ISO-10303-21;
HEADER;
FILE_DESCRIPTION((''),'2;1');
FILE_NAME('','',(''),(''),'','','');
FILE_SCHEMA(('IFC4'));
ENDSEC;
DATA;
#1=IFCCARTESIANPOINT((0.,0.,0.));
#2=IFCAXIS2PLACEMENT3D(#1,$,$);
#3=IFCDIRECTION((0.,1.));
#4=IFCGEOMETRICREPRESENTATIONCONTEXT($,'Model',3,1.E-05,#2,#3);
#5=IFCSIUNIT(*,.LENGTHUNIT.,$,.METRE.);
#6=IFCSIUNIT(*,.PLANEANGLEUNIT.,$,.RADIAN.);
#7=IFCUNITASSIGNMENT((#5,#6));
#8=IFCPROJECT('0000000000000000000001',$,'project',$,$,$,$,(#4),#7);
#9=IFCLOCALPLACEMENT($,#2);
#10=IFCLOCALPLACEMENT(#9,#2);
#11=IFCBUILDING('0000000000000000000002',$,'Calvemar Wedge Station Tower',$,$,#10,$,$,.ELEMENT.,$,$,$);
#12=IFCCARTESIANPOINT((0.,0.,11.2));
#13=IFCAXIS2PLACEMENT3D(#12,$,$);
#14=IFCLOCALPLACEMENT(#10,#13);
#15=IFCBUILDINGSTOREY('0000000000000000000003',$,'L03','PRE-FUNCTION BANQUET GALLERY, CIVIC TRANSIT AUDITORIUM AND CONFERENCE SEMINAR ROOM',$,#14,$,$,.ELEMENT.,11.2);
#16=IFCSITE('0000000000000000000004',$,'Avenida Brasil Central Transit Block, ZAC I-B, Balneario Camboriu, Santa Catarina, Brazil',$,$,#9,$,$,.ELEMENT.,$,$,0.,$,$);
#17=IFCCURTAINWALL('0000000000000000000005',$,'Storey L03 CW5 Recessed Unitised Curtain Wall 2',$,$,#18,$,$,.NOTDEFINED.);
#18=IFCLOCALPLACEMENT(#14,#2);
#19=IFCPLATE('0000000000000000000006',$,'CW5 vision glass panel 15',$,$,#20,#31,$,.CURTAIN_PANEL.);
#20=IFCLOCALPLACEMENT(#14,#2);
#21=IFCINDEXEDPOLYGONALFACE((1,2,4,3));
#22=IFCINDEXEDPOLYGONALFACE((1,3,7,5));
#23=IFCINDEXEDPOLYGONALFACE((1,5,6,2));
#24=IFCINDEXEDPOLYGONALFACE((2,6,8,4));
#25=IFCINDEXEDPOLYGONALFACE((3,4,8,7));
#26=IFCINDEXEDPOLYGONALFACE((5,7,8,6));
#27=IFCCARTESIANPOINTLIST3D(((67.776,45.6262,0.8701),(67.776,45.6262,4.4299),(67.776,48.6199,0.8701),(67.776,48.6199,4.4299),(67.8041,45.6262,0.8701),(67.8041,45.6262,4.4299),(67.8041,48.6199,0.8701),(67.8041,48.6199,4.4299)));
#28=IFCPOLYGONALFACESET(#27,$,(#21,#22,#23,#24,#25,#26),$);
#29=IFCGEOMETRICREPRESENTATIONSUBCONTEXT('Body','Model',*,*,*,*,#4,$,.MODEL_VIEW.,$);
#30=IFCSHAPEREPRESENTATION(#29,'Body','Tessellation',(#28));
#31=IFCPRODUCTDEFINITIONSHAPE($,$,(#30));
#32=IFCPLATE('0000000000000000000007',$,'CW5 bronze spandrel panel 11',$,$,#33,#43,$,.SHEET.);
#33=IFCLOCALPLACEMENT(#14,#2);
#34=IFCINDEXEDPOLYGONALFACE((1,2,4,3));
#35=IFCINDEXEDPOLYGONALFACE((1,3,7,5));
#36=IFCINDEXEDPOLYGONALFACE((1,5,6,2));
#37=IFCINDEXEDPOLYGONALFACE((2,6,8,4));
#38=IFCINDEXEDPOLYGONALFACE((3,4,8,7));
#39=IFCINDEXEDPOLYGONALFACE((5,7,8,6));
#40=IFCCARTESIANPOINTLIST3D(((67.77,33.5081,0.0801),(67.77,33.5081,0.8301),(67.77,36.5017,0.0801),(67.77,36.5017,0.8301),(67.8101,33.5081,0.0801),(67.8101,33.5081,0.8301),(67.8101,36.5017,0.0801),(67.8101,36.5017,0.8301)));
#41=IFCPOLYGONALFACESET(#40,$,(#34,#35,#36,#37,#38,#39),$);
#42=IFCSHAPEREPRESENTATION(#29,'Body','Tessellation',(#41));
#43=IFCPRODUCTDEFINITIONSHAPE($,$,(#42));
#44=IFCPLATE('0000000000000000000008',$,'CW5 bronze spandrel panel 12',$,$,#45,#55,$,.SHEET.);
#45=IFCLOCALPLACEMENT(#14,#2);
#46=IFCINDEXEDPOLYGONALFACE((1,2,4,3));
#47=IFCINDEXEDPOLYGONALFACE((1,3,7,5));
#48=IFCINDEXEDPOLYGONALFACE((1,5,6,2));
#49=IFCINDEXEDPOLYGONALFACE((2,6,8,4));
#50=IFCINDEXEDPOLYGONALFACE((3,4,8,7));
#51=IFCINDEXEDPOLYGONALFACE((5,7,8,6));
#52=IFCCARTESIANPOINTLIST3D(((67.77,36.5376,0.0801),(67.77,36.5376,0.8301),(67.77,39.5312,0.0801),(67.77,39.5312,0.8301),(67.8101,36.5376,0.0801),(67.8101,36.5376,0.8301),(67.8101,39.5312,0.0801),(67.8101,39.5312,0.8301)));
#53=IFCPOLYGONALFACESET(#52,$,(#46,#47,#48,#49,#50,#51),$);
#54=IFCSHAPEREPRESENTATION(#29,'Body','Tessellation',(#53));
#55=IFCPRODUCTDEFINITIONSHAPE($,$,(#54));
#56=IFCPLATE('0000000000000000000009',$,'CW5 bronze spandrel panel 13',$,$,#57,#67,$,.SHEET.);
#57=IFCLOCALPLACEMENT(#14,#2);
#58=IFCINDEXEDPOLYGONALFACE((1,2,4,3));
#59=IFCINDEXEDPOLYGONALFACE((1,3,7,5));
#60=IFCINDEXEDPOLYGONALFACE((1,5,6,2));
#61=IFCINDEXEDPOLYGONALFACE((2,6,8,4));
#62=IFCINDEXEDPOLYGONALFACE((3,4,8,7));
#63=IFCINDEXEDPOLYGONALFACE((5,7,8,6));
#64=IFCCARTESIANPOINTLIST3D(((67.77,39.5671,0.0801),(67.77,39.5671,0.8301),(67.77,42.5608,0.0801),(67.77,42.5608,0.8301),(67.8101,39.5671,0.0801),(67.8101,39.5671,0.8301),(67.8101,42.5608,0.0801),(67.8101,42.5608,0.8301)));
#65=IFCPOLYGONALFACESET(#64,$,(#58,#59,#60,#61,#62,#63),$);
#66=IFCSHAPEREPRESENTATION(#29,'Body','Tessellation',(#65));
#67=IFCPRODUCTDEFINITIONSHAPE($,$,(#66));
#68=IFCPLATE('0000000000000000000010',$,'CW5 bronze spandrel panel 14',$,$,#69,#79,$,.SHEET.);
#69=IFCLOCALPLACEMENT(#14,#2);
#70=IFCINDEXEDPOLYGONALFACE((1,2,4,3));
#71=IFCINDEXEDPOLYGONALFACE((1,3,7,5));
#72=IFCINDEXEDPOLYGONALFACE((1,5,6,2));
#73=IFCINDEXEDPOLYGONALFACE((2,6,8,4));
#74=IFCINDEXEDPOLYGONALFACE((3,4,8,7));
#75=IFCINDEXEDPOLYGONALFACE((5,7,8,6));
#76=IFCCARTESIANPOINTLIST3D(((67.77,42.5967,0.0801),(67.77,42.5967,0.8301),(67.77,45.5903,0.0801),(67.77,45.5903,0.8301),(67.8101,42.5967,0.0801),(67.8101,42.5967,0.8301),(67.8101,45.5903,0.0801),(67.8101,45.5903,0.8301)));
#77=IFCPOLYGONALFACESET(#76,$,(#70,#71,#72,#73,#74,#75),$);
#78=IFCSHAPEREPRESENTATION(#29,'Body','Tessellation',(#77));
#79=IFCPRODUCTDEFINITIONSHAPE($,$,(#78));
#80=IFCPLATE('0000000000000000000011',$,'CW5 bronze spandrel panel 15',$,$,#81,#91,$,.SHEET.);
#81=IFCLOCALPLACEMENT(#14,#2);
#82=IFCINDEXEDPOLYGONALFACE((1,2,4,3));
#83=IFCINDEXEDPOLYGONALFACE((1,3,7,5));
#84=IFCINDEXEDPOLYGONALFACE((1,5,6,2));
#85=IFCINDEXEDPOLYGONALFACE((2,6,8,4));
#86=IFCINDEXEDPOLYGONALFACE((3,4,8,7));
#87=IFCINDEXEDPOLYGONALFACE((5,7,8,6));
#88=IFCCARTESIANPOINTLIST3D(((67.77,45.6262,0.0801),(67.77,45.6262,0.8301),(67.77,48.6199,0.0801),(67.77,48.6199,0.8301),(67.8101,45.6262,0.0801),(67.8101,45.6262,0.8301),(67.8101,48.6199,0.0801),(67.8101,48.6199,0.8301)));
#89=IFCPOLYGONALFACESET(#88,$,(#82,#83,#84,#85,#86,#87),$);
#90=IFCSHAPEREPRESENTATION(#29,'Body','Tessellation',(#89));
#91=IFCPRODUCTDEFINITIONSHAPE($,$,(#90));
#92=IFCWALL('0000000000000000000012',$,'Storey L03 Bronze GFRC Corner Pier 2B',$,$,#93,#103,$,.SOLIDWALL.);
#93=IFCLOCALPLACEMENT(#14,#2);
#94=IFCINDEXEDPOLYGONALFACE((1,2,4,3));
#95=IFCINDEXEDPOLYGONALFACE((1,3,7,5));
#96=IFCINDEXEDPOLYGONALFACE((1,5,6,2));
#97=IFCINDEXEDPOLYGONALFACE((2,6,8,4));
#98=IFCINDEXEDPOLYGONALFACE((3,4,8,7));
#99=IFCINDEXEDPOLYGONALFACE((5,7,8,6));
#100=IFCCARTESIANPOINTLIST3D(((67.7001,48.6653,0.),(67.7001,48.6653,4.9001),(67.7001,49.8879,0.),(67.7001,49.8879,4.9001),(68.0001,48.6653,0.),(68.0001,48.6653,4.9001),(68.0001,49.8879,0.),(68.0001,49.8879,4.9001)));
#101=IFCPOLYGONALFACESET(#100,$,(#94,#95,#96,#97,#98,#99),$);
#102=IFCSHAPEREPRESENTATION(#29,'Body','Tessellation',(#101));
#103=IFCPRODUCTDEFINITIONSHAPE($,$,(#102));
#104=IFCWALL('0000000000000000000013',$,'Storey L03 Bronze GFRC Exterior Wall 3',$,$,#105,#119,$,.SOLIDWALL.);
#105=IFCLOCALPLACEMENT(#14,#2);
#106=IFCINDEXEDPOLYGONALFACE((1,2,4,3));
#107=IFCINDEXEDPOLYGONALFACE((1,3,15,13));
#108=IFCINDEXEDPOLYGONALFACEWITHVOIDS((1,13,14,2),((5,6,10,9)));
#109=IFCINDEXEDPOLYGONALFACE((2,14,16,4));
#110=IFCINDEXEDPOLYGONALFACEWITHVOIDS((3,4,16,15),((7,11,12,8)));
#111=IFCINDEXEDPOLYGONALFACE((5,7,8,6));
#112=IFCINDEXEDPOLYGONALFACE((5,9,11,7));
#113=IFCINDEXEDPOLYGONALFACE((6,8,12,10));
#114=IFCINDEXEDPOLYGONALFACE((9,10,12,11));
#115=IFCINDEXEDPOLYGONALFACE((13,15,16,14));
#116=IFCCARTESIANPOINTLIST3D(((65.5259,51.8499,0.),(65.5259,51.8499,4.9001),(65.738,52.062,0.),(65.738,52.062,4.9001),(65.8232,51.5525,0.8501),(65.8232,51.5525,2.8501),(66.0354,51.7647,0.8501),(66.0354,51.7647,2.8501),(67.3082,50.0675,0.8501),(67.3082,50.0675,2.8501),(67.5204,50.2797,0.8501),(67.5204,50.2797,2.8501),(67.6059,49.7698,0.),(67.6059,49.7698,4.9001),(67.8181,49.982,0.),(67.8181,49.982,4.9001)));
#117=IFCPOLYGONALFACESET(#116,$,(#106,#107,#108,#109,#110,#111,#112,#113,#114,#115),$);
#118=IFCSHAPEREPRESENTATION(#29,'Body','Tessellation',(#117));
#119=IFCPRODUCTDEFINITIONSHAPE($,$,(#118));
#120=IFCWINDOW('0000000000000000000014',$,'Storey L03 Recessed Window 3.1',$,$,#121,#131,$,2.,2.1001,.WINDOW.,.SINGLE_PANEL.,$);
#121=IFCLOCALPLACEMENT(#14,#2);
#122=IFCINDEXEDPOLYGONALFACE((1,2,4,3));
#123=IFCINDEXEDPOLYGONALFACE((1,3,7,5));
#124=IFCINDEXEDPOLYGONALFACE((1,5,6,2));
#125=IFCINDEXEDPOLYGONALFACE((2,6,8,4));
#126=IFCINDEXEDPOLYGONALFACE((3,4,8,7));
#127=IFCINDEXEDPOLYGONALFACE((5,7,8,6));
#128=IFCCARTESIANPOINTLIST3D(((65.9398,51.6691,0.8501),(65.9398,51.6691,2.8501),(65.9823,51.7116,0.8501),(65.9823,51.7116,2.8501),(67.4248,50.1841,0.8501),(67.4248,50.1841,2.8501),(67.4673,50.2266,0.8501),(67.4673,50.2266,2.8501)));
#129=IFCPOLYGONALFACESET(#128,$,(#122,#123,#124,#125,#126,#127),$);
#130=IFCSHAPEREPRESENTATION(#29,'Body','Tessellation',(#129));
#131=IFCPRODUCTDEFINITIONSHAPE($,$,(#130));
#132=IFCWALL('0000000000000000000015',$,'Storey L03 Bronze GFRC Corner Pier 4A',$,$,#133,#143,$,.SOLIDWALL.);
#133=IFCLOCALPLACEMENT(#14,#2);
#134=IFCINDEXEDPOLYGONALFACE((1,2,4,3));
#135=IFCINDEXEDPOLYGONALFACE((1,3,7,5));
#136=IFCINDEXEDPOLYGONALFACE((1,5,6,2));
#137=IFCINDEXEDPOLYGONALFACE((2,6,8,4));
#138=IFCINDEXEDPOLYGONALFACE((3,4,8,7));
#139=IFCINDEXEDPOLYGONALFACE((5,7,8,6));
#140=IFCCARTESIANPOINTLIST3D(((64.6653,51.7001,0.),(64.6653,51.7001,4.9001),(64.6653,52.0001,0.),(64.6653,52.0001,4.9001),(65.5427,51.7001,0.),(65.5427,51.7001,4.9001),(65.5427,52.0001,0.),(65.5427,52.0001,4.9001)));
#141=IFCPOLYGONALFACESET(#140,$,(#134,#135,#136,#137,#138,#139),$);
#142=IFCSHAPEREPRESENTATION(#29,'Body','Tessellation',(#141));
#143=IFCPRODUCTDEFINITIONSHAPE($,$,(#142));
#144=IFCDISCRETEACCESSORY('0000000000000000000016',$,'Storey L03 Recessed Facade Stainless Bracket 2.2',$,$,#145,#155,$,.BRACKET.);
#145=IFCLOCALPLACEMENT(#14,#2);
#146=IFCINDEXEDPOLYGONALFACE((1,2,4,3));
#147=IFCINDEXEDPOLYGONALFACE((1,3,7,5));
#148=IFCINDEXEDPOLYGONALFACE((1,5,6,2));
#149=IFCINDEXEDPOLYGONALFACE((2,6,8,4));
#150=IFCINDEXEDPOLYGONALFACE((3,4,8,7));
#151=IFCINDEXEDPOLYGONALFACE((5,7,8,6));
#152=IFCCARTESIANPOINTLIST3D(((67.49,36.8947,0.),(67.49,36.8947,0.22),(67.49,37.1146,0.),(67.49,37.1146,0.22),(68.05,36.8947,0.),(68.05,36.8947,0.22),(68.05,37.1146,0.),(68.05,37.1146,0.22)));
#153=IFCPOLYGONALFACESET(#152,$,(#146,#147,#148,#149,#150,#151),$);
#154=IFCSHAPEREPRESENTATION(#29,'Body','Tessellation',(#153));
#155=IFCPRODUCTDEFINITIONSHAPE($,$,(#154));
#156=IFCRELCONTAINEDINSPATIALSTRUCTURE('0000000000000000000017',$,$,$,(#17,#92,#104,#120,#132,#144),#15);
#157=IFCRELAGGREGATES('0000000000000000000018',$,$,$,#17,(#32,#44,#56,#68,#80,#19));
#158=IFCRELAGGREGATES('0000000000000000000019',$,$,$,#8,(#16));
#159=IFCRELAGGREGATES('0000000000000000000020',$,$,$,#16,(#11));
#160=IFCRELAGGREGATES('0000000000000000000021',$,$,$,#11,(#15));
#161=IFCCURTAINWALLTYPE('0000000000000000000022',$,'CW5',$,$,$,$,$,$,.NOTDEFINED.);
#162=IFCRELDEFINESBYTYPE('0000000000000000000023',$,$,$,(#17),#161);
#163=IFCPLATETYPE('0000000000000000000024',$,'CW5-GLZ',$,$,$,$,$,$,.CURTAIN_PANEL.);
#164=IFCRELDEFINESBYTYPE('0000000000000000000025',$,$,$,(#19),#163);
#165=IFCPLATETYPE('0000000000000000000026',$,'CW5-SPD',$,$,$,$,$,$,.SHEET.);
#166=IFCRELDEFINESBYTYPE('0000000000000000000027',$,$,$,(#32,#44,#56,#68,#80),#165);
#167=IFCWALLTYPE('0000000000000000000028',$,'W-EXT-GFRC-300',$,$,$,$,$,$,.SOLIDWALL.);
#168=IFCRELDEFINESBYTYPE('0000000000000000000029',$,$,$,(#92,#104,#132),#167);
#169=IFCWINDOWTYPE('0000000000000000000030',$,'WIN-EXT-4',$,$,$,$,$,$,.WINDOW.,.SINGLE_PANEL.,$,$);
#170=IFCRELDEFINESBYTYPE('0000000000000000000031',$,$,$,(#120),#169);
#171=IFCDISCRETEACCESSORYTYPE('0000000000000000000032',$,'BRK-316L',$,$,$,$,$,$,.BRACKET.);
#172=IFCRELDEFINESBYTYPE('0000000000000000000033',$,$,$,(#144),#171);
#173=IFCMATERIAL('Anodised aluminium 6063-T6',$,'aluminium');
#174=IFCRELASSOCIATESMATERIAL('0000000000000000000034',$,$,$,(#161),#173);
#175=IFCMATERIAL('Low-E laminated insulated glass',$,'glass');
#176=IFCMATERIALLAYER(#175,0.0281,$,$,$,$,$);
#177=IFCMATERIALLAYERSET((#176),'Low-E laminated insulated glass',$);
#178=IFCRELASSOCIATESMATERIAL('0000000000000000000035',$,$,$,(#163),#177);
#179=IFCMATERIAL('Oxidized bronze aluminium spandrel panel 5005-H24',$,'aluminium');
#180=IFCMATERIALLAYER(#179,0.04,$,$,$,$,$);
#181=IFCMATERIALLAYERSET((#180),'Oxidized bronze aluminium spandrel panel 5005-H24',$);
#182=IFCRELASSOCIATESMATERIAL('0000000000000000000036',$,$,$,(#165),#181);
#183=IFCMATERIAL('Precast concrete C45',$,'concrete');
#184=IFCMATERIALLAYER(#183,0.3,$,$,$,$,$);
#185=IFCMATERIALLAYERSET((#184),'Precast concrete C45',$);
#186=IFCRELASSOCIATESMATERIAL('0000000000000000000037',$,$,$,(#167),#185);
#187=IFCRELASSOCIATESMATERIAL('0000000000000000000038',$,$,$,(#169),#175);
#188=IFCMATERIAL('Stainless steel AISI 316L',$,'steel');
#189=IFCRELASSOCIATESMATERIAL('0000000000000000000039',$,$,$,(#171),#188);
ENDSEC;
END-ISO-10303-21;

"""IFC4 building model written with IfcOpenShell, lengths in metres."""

from ifc_helpers import new_model, si_unit, direction, frame, frame_2d, origin, origin_2d, place, context, subcontext, project, spatial, rectangle, extrude, source, transform, mapped, material, layer, layer_set, type_object, element, fill, aggregate, save


model = new_model("IFC4")

# Units and contexts
model_context = context("Model", 3, precision=1e-05, world=origin(), true_north=direction((0.0, 1.0)))
body_context = subcontext(model_context, "Body", "Model", "MODEL_VIEW")
ifc_project = project(units=[si_unit("LENGTHUNIT", "METRE"), si_unit("PLANEANGLEUNIT", "RADIAN")], contexts=[model_context])

# Site, building, storey
site_placement = place(None, origin())
site = spatial("IfcSite", under=ifc_project, at=site_placement, Name="Avenida Brasil Central Transit Block, ZAC I-B, Balneario Camboriu, Santa Catarina, Brazil", CompositionType="ELEMENT", RefElevation=0.0)
building_placement = place(site_placement, origin())
building = spatial("IfcBuilding", under=site, at=building_placement, Name="Calvemar Wedge Station Tower", CompositionType="ELEMENT")
storey_placement = place(building_placement, frame((0.0, 0.0, 11.2)))
storey = spatial("IfcBuildingStorey", under=building, at=storey_placement, Name="L03", Description="PRE-FUNCTION BANQUET GALLERY, CIVIC TRANSIT AUDITORIUM AND CONFERENCE SEMINAR ROOM", CompositionType="ELEMENT", Elevation=11.2)

# Shared definitions
ifc_material_1 = material(Name="Anodised aluminium 6063-T6", Category="aluminium")
curtain_wall_type = type_object("IfcCurtainWallType", Name="CW5", PredefinedType="NOTDEFINED", material=ifc_material_1)

# Curtain wall, plates
curtain_wall_1_placement = place(storey_placement, origin())
curtain_wall_1 = element("IfcCurtainWall", 1, at=curtain_wall_1_placement, inside=storey, type_object=curtain_wall_type, Name="Storey L03 CW5 Recessed Unitised Curtain Wall 2", PredefinedType="NOTDEFINED")
ifc_material_2 = material(Name="Low-E laminated insulated glass", Category="glass")
ifc_layer_1 = layer(ifc_material_2, 0.0281)
ifc_layer_set_1 = layer_set([ifc_layer_1], Name="Low-E laminated insulated glass")
plate_type_1 = type_object("IfcPlateType", Name="CW5-GLZ", PredefinedType="CURTAIN_PANEL", material=ifc_layer_set_1)
plate_1_placement = place(storey_placement, frame((67.79, 45.6262, 0.8701), z_axis=(0.0, 0.0, 1.0), x_axis=(0.0, 1.0, 0.0)))
plate_1 = element("IfcPlate", 2, at=plate_1_placement, type_object=plate_type_1, Name="CW5 vision glass panel 15", PredefinedType="CURTAIN_PANEL", context=body_context, shape_type="SweptSolid", body=[
    extrude(rectangle(XDim=2.9937, YDim=0.0281, at=frame_2d((1.4968, 0.0))), origin(), (0.0, 0.0, 1.0), 3.5598),
])
ifc_material_3 = material(Name="Oxidized bronze aluminium spandrel panel 5005-H24", Category="aluminium")
ifc_layer_2 = layer(ifc_material_3, 0.04)
ifc_layer_set_2 = layer_set([ifc_layer_2], Name="Oxidized bronze aluminium spandrel panel 5005-H24")
plate_type_2 = type_object("IfcPlateType", Name="CW5-SPD", PredefinedType="SHEET", material=ifc_layer_set_2)
plate_2_placement = place(storey_placement, frame((67.79, 33.5081, 0.0801), z_axis=(0.0, 0.0, 1.0), x_axis=(0.0, 1.0, 0.0)))
plate_2 = element("IfcPlate", 3, at=plate_2_placement, type_object=plate_type_2, Name="CW5 bronze spandrel panel 11", PredefinedType="SHEET", context=body_context, shape_type="SweptSolid", body=[
    extrude(rectangle(XDim=2.9937, YDim=0.04, at=frame_2d((1.4968, 0.0))), origin(), (0.0, 0.0, 1.0), 0.75),
])
plate_3_placement = place(storey_placement, frame((67.79, 36.5376, 0.0801), z_axis=(0.0, 0.0, 1.0), x_axis=(0.0, 1.0, 0.0)))
plate_3 = element("IfcPlate", 4, at=plate_3_placement, type_object=plate_type_2, Name="CW5 bronze spandrel panel 12", PredefinedType="SHEET", context=body_context, shape_type="SweptSolid", body=[
    extrude(rectangle(XDim=2.9937, YDim=0.04, at=frame_2d((1.4968, 0.0))), origin(), (0.0, 0.0, 1.0), 0.75),
])
plate_4_placement = place(storey_placement, frame((67.79, 39.5671, 0.0801), z_axis=(0.0, 0.0, 1.0), x_axis=(0.0, 1.0, 0.0)))
plate_4 = element("IfcPlate", 5, at=plate_4_placement, type_object=plate_type_2, Name="CW5 bronze spandrel panel 13", PredefinedType="SHEET", context=body_context, shape_type="SweptSolid", body=[
    extrude(rectangle(XDim=2.9937, YDim=0.04, at=frame_2d((1.4968, 0.0))), origin(), (0.0, 0.0, 1.0), 0.75),
])
plate_5_placement = place(storey_placement, frame((67.79, 42.5967, 0.0801), z_axis=(0.0, 0.0, 1.0), x_axis=(0.0, 1.0, 0.0)))
plate_5 = element("IfcPlate", 6, at=plate_5_placement, type_object=plate_type_2, Name="CW5 bronze spandrel panel 14", PredefinedType="SHEET", context=body_context, shape_type="SweptSolid", body=[
    extrude(rectangle(XDim=2.9937, YDim=0.04, at=frame_2d((1.4968, 0.0))), origin(), (0.0, 0.0, 1.0), 0.75),
])
plate_6_placement = place(storey_placement, frame((67.79, 45.6262, 0.0801), z_axis=(0.0, 0.0, 1.0), x_axis=(0.0, 1.0, 0.0)))
plate_6 = element("IfcPlate", 7, at=plate_6_placement, type_object=plate_type_2, Name="CW5 bronze spandrel panel 15", PredefinedType="SHEET", context=body_context, shape_type="SweptSolid", body=[
    extrude(rectangle(XDim=2.9937, YDim=0.04, at=frame_2d((1.4968, 0.0))), origin(), (0.0, 0.0, 1.0), 0.75),
])
aggregate(curtain_wall_1, [plate_2, plate_3, plate_4, plate_5, plate_6, plate_1])

# Wall
ifc_material_4 = material(Name="Precast concrete C45", Category="concrete")
ifc_layer_3 = layer(ifc_material_4, 0.3)
ifc_layer_set_3 = layer_set([ifc_layer_3], Name="Precast concrete C45")
wall_type = type_object("IfcWallType", Name="W-EXT-GFRC-300", PredefinedType="SOLIDWALL", material=ifc_layer_set_3)
wall_1_placement = place(storey_placement, frame((67.8501, 48.6653, 0.0), z_axis=(0.0, 0.0, 1.0), x_axis=(0.0, 1.0, 0.0)))
element("IfcWall", 8, at=wall_1_placement, inside=storey, type_object=wall_type, Name="Storey L03 Bronze GFRC Corner Pier 2B", PredefinedType="SOLIDWALL", context=body_context, shape_type="SweptSolid", body=[
    extrude(rectangle(XDim=1.2227, YDim=0.3, at=frame_2d((0.6113, 0.0))), origin(), (0.0, 0.0, 1.0), 4.9001),
])

# Wall, opening, window
wall_2_placement = place(storey_placement, frame((67.7119, 49.876, 0.0), z_axis=(0.0, 0.0, 1.0), x_axis=(-0.707107, 0.707107, 0.0)))
wall_2 = element("IfcWall", 9, at=wall_2_placement, inside=storey, type_object=wall_type, Name="Storey L03 Bronze GFRC Exterior Wall 3", PredefinedType="SOLIDWALL", context=body_context, shape_type="SweptSolid", body=[
    extrude(rectangle(XDim=2.9417, YDim=0.3, at=frame_2d((1.4707, 0.0))), origin(), (0.0, 0.0, 1.0), 4.9001),
])
shared_shape_1 = source(origin(), body_context, "Body", "SweptSolid", [
    extrude(rectangle(XDim=2.1001, YDim=2.0, at=frame_2d((1.05, 1.0))), frame((0.0, 0.1602, 0.0), z_axis=(0.0, -1.0, 0.0), x_axis=(1.0, 0.0, 0.0)), (0.0, 0.0, 1.0), 0.3201),
])
opening_placement = place(wall_2_placement, frame((0.4209, 0.0, 0.8501)))
opening = element("IfcOpeningElement", 10, at=opening_placement, cuts=wall_2, PredefinedType="OPENING", context=body_context, shape_type="MappedRepresentation", body=[
    mapped(shared_shape_1, transform((0.0, 0.0, 0.0), scale=1.0)),
])
window_type = type_object("IfcWindowType", Name="WIN-EXT-4", PartitioningType="SINGLE_PANEL", PredefinedType="WINDOW", material=ifc_material_2)
shared_shape_2 = source(origin(), body_context, "Body", "SweptSolid", [
    extrude(rectangle(XDim=2.1001, YDim=2.0, at=frame_2d((1.05, 1.0))), frame((0.0, -0.0149, 0.0), z_axis=(0.0, -1.0, 0.0), x_axis=(1.0, 0.0, 0.0)), (0.0, 0.0, 1.0), 0.0601),
])
window_placement = place(opening_placement, origin())
window = element("IfcWindow", 11, at=window_placement, inside=storey, type_object=window_type, Name="Storey L03 Recessed Window 3.1", OverallHeight=2.0, OverallWidth=2.1001, PartitioningType="SINGLE_PANEL", PredefinedType="WINDOW", context=body_context, shape_type="MappedRepresentation", body=[
    mapped(shared_shape_2, transform((0.0, 0.0, 0.0), scale=1.0)),
])
fill(opening, window)

# Wall
wall_3_placement = place(storey_placement, frame((65.5427, 51.8501, 0.0), z_axis=(0.0, 0.0, 1.0), x_axis=(-1.0, 0.0, 0.0)))
element("IfcWall", 12, at=wall_3_placement, inside=storey, type_object=wall_type, Name="Storey L03 Bronze GFRC Corner Pier 4A", PredefinedType="SOLIDWALL", context=body_context, shape_type="SweptSolid", body=[
    extrude(rectangle(XDim=0.8774, YDim=0.3, at=frame_2d((0.4387, 0.0))), origin(), (0.0, 0.0, 1.0), 4.9001),
])

# Discrete accessory
ifc_material_5 = material(Name="Stainless steel AISI 316L", Category="steel")
discrete_accessory_type = type_object("IfcDiscreteAccessoryType", Name="BRK-316L", PredefinedType="BRACKET", material=ifc_material_5)
shared_shape_3 = source(origin(), body_context, "Body", "SweptSolid", [
    extrude(rectangle(XDim=0.22, YDim=0.5601, at=origin_2d()), origin(), (0.0, 0.0, 1.0), 0.22),
])
discrete_accessory_placement = place(storey_placement, frame((67.77, 37.0046, 0.0), z_axis=(0.0, 0.0, 1.0), x_axis=(0.0, 1.0, 0.0)))
element("IfcDiscreteAccessory", 13, at=discrete_accessory_placement, inside=storey, type_object=discrete_accessory_type, Name="Storey L03 Recessed Facade Stainless Bracket 2.2", PredefinedType="BRACKET", context=body_context, shape_type="MappedRepresentation", body=[
    mapped(shared_shape_3, transform((0.0, 0.0, 0.0), scale=1.0)),
])

save(model, "model.ifc")
